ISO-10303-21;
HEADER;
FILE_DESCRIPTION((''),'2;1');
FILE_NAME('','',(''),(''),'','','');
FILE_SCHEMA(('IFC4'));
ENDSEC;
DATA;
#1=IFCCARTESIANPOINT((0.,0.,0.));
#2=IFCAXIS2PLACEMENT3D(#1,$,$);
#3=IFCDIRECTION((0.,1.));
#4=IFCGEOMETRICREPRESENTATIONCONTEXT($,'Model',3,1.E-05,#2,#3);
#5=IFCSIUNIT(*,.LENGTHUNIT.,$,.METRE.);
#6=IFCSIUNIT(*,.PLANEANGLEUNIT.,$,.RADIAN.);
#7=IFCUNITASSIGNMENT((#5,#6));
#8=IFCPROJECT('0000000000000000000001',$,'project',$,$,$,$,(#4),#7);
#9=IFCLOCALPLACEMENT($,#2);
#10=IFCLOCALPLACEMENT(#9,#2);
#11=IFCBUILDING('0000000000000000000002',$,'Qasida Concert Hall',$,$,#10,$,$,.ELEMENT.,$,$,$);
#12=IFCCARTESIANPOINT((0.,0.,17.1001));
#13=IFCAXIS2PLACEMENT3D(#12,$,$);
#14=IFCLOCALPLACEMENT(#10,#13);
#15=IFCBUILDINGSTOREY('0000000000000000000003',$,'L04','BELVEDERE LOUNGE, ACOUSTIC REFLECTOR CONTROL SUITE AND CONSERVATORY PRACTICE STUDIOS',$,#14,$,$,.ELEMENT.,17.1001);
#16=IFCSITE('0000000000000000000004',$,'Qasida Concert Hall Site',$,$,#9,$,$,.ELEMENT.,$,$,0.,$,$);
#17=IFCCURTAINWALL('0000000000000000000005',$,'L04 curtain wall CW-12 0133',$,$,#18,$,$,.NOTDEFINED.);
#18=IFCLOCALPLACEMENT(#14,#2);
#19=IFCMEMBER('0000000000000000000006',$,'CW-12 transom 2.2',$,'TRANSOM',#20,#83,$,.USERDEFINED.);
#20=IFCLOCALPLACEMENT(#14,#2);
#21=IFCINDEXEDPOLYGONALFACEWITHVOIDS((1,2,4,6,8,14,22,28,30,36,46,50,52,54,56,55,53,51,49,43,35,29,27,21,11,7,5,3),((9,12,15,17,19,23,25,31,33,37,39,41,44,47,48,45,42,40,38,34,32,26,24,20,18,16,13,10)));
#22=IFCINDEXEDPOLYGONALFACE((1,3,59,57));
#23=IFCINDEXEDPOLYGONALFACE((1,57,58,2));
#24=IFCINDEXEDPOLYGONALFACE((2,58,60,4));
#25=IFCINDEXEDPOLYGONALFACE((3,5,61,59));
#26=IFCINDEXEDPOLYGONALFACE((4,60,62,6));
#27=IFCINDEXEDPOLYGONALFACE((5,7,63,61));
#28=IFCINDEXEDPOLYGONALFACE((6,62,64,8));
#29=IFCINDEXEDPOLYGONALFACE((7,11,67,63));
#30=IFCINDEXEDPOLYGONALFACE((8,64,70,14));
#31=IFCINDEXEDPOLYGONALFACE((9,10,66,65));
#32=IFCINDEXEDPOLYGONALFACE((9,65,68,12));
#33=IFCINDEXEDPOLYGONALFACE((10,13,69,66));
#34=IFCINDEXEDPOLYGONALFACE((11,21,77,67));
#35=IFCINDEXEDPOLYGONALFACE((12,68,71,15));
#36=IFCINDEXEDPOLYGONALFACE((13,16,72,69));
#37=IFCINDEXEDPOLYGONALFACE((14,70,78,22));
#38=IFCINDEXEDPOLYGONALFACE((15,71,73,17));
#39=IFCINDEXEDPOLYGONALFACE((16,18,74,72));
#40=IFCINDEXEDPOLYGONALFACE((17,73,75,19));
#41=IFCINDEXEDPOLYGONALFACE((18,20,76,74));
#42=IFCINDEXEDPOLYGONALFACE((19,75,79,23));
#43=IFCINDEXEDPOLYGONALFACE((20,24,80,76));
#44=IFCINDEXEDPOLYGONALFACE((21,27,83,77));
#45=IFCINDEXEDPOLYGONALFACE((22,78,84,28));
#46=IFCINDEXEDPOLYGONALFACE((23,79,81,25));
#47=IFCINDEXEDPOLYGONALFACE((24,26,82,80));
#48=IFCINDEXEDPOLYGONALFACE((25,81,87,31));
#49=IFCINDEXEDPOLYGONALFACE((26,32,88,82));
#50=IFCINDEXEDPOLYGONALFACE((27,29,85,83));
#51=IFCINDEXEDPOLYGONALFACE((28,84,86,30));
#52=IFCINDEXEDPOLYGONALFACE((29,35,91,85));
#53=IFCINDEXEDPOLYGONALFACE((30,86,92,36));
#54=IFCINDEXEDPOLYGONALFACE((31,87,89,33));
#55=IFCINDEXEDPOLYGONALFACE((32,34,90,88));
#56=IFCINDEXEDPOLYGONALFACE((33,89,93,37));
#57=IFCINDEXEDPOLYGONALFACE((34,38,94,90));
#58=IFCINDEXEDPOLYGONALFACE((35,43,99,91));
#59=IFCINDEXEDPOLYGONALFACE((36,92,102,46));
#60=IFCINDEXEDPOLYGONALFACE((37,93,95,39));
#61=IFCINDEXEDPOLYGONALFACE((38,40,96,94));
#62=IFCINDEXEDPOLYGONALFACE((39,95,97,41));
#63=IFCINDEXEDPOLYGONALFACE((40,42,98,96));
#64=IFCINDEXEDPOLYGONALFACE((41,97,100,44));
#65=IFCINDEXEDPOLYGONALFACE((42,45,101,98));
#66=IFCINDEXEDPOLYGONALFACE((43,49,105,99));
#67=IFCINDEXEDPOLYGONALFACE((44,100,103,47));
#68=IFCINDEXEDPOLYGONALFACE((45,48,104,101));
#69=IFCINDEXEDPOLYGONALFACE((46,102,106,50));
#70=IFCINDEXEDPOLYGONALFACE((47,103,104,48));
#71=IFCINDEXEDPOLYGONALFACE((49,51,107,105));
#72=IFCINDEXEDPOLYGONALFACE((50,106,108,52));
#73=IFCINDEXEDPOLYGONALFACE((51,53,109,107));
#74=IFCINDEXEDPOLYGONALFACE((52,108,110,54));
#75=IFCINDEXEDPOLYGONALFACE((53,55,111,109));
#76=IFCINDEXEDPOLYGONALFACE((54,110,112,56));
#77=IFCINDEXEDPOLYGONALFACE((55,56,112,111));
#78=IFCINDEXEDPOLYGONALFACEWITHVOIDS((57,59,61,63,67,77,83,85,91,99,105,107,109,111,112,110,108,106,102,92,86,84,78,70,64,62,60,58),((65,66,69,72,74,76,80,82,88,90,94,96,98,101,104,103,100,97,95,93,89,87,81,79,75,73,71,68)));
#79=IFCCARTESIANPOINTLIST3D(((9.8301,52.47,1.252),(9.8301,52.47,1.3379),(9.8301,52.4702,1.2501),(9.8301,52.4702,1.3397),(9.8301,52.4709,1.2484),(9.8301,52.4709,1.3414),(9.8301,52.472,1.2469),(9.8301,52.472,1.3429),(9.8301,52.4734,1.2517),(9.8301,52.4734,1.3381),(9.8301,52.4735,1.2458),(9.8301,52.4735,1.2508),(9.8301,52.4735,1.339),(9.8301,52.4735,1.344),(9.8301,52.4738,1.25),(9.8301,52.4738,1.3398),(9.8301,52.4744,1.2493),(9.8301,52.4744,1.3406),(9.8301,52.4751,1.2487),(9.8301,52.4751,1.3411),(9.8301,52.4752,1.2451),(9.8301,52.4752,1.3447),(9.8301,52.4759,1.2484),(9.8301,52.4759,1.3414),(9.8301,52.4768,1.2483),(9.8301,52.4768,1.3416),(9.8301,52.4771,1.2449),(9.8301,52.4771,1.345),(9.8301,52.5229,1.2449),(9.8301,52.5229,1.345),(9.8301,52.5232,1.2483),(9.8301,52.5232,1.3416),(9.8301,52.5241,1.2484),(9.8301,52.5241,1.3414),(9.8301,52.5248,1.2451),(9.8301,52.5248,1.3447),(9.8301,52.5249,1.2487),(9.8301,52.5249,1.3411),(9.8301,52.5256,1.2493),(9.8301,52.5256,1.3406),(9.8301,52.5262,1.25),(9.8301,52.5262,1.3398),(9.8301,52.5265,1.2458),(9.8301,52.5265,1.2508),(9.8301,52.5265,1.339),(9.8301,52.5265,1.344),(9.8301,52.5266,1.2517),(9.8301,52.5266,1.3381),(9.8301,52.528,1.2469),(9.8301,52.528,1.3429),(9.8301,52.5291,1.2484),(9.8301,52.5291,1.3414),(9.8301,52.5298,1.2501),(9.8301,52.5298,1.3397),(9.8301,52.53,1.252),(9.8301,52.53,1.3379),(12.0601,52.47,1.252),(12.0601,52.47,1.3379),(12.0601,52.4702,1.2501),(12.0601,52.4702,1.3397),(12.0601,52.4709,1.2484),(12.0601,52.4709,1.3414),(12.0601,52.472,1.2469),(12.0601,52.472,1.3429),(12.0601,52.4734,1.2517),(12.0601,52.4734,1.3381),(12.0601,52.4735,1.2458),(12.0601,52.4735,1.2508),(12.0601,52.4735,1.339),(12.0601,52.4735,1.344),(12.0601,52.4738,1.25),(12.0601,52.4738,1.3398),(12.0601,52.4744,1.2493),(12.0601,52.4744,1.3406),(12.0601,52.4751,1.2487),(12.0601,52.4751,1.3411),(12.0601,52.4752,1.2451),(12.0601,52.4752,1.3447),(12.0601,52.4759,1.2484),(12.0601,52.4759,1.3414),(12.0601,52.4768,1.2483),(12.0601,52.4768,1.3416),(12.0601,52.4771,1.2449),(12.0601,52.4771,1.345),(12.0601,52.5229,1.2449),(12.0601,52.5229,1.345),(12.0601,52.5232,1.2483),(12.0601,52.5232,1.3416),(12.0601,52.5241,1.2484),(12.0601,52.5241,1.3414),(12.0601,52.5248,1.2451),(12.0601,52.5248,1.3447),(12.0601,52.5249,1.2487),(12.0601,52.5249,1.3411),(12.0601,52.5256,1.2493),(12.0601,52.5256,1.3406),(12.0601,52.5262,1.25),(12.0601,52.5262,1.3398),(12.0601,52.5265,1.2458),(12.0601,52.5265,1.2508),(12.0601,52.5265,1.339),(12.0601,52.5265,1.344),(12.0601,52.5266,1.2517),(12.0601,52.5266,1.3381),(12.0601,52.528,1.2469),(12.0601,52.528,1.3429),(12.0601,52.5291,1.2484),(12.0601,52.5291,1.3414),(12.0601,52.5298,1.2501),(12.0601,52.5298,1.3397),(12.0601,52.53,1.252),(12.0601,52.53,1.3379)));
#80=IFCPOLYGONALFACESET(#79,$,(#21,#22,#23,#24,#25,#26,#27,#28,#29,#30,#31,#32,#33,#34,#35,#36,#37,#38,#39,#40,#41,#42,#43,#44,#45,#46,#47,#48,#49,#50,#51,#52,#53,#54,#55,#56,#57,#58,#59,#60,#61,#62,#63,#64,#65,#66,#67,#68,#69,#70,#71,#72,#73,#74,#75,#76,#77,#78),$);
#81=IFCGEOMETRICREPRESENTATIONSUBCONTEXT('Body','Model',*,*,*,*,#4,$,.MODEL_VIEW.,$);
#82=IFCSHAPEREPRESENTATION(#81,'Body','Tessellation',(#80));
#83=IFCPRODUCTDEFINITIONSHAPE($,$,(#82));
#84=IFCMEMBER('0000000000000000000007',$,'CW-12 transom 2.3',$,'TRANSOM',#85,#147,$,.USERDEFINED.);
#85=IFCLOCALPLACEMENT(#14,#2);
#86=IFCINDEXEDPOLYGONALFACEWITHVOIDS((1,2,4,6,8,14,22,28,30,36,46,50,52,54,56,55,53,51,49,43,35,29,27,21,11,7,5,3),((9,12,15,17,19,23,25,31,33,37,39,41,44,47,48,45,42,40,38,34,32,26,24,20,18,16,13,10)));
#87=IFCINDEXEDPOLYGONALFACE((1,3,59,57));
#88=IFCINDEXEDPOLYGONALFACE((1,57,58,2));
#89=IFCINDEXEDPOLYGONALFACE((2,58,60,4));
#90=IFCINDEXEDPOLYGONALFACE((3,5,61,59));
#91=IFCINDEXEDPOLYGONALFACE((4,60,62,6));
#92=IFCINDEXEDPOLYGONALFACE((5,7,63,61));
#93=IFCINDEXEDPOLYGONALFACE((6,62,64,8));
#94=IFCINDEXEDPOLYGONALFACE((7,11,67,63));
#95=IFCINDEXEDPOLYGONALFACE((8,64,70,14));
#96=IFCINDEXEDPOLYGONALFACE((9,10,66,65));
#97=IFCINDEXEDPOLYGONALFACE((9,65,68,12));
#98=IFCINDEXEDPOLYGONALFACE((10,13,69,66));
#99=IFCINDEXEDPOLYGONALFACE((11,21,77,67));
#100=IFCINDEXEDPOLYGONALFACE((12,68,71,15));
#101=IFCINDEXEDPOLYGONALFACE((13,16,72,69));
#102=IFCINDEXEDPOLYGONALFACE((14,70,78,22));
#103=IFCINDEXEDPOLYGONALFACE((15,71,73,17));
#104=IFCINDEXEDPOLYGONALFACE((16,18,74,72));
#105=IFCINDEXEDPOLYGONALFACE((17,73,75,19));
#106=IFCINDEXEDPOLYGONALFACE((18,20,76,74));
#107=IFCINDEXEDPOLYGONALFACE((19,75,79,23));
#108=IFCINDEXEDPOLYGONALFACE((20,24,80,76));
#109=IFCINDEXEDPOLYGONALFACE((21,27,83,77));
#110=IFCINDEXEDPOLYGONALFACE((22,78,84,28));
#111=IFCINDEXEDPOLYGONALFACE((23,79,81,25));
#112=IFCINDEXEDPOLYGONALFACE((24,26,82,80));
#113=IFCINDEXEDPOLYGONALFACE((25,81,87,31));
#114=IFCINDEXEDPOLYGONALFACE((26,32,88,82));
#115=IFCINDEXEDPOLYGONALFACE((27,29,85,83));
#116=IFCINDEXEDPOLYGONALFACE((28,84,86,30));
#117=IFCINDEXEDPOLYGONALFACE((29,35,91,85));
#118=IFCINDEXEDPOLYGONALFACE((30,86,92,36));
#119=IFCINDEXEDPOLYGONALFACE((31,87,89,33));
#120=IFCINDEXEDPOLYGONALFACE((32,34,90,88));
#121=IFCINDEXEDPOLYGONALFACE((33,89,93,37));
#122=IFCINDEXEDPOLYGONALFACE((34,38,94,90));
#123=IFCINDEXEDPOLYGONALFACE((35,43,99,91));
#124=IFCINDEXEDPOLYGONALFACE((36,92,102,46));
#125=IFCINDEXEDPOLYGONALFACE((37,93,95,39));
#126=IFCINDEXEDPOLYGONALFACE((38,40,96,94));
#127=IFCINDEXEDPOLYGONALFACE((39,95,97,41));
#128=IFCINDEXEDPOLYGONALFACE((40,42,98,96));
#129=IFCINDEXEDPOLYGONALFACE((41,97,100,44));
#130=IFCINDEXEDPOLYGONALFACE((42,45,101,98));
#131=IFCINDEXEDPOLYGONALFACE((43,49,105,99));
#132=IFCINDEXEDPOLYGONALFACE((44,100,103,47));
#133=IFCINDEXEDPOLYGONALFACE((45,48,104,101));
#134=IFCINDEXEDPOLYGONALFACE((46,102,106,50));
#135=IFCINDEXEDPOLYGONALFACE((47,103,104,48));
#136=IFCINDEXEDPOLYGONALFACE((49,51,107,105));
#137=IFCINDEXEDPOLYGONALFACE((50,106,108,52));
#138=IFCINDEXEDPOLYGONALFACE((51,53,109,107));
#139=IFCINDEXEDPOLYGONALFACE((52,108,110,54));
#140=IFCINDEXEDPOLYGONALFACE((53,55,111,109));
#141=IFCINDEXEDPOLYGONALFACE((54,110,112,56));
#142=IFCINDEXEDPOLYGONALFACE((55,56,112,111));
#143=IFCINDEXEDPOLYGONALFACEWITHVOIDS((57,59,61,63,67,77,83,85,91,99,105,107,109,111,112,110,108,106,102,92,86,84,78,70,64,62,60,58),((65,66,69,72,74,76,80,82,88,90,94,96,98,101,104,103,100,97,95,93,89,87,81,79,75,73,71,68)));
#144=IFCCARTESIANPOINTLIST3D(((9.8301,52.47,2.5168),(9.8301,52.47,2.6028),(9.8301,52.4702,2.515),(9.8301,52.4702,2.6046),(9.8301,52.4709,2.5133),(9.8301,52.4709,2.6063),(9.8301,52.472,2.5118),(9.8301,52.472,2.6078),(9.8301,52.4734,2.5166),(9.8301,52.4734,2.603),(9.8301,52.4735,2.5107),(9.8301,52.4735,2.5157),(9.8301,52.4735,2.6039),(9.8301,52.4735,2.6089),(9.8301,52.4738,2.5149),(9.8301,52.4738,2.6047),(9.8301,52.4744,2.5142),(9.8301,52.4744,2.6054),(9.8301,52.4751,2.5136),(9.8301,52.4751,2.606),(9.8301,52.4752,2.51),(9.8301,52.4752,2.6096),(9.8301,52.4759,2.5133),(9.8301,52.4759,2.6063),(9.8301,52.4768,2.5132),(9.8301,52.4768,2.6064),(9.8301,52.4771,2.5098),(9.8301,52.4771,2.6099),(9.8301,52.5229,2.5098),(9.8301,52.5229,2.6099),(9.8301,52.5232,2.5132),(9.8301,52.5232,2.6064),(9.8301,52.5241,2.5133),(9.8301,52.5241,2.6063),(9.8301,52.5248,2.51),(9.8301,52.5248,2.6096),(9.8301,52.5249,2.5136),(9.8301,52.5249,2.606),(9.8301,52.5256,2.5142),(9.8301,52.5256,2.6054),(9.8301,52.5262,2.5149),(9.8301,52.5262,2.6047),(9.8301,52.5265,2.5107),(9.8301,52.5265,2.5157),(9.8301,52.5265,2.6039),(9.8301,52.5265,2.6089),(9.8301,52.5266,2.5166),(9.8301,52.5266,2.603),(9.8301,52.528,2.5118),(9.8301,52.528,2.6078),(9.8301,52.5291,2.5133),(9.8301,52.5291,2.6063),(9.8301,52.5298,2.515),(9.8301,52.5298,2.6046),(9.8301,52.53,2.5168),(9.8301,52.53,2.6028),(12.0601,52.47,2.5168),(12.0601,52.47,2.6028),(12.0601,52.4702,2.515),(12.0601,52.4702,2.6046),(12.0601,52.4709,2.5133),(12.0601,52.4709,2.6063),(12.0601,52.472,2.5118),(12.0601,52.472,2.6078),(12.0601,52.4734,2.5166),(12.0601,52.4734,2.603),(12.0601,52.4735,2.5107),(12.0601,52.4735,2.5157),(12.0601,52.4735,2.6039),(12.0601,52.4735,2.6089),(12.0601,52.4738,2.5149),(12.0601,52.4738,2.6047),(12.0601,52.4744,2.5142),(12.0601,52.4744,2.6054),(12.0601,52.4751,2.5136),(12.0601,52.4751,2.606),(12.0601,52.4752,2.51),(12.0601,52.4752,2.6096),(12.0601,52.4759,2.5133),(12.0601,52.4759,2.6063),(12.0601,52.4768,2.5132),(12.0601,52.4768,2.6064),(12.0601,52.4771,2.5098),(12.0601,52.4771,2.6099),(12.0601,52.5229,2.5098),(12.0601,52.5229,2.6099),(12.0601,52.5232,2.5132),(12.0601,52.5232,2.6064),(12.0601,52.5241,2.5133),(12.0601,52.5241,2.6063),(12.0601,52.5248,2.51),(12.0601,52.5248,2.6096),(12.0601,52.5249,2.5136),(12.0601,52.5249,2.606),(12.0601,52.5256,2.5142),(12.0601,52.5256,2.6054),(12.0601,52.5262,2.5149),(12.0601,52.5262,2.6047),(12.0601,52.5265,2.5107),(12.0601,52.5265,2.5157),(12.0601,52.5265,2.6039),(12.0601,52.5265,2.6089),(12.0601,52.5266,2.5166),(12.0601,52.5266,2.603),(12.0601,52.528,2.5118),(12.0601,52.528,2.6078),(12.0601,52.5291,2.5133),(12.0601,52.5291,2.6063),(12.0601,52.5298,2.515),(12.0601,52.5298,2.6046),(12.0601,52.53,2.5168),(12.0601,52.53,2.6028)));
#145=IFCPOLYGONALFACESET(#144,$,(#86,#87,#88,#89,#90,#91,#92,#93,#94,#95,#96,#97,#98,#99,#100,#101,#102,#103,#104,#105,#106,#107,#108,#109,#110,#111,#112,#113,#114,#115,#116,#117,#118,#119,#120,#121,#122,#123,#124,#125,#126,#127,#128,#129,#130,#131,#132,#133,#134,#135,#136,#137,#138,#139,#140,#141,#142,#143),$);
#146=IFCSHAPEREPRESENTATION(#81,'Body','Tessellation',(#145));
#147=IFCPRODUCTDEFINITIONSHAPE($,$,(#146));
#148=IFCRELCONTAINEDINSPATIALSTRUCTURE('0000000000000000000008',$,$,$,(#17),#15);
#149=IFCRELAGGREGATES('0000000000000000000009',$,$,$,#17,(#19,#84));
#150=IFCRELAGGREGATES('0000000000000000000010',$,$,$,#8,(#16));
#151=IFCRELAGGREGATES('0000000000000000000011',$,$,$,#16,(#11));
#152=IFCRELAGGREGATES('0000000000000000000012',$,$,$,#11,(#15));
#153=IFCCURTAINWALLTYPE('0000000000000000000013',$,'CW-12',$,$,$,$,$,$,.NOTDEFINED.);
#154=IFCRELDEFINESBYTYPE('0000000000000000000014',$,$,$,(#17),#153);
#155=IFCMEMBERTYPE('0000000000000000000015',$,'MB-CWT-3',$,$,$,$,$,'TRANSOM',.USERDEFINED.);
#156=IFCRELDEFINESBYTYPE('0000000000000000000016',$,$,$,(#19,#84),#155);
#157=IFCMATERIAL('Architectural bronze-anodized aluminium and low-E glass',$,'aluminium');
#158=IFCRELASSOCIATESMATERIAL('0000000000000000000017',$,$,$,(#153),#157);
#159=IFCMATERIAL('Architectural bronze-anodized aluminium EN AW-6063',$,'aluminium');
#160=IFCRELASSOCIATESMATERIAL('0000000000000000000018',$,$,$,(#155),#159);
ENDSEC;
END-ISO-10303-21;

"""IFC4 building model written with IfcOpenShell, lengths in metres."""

from ifc_helpers import new_model, si_unit, direction, frame, origin, origin_2d, place, context, subcontext, project, spatial, hollow_rectangle, extrude, material, material_profile, profile_set, type_object, element, aggregate, save


model = new_model("IFC4")

# Units and contexts
model_context = context("Model", 3, precision=1e-05, world=origin(), true_north=direction((0.0, 1.0)))
body_context = subcontext(model_context, "Body", "Model", "MODEL_VIEW")
ifc_project = project(units=[si_unit("LENGTHUNIT", "METRE"), si_unit("PLANEANGLEUNIT", "RADIAN")], contexts=[model_context])

# Site, building, storey
site_placement = place(None, origin())
site = spatial("IfcSite", under=ifc_project, at=site_placement, Name="Qasida Concert Hall Site", CompositionType="ELEMENT", RefElevation=0.0)
building_placement = place(site_placement, origin())
building = spatial("IfcBuilding", under=site, at=building_placement, Name="Qasida Concert Hall", CompositionType="ELEMENT")
storey_placement = place(building_placement, frame((0.0, 0.0, 17.1001)))
storey = spatial("IfcBuildingStorey", under=building, at=storey_placement, Name="L04", Description="BELVEDERE LOUNGE, ACOUSTIC REFLECTOR CONTROL SUITE AND CONSERVATORY PRACTICE STUDIOS", CompositionType="ELEMENT", Elevation=17.1001)

# Shared definitions
ifc_material_1 = material(Name="Architectural bronze-anodized aluminium and low-E glass", Category="aluminium")
curtain_wall_type = type_object("IfcCurtainWallType", Name="CW-12", PredefinedType="NOTDEFINED", material=ifc_material_1)
ifc_material_2 = material(Name="Architectural bronze-anodized aluminium EN AW-6063", Category="aluminium")

# Curtain wall, members
curtain_wall_1_placement = place(storey_placement, origin())
curtain_wall_1 = element("IfcCurtainWall", 1, at=curtain_wall_1_placement, inside=storey, type_object=curtain_wall_type, Name="L04 curtain wall CW-12 0133", PredefinedType="NOTDEFINED")
ifc_material_profile_1 = material_profile(ifc_material_2, hollow_rectangle(XDim=0.0601, YDim=0.1001, WallThickness=0.0034, InnerFilletRadius=0.0034, OuterFilletRadius=0.0071, at=origin_2d()), Name="CWT 100x60x3.5")
ifc_profile_set_1 = profile_set([ifc_material_profile_1], Name="Architectural bronze-anodized aluminium EN AW-6063")
member_type_1 = type_object("IfcMemberType", Name="MB-CWT-3", ElementType="TRANSOM", PredefinedType="USERDEFINED", material=ifc_profile_set_1)
member_1_placement = place(storey_placement, frame((9.8301, 52.5, 1.2949), z_axis=(1.0, 0.0, 0.0), x_axis=(0.0, 1.0, 0.0)))
member_1 = element("IfcMember", 2, at=member_1_placement, type_object=member_type_1, Name="CW-12 transom 2.2", ObjectType="TRANSOM", PredefinedType="USERDEFINED", context=body_context, shape_type="SweptSolid", body=[
    extrude(hollow_rectangle(XDim=0.0601, YDim=0.1001, WallThickness=0.0034, InnerFilletRadius=0.0034, OuterFilletRadius=0.0071, at=origin_2d()), origin(), (0.0, 0.0, 1.0), 2.23),
])
member_2_placement = place(storey_placement, frame((9.8301, 52.5, 2.5598), z_axis=(1.0, 0.0, 0.0), x_axis=(0.0, 1.0, 0.0)))
member_2 = element("IfcMember", 3, at=member_2_placement, type_object=member_type_1, Name="CW-12 transom 2.3", ObjectType="TRANSOM", PredefinedType="USERDEFINED", context=body_context, shape_type="SweptSolid", body=[
    extrude(hollow_rectangle(XDim=0.0601, YDim=0.1001, WallThickness=0.0034, InnerFilletRadius=0.0034, OuterFilletRadius=0.0071, at=origin_2d()), origin(), (0.0, 0.0, 1.0), 2.23),
])

aggregate(curtain_wall_1, [member_1, member_2])

save(model, "model.ifc")
